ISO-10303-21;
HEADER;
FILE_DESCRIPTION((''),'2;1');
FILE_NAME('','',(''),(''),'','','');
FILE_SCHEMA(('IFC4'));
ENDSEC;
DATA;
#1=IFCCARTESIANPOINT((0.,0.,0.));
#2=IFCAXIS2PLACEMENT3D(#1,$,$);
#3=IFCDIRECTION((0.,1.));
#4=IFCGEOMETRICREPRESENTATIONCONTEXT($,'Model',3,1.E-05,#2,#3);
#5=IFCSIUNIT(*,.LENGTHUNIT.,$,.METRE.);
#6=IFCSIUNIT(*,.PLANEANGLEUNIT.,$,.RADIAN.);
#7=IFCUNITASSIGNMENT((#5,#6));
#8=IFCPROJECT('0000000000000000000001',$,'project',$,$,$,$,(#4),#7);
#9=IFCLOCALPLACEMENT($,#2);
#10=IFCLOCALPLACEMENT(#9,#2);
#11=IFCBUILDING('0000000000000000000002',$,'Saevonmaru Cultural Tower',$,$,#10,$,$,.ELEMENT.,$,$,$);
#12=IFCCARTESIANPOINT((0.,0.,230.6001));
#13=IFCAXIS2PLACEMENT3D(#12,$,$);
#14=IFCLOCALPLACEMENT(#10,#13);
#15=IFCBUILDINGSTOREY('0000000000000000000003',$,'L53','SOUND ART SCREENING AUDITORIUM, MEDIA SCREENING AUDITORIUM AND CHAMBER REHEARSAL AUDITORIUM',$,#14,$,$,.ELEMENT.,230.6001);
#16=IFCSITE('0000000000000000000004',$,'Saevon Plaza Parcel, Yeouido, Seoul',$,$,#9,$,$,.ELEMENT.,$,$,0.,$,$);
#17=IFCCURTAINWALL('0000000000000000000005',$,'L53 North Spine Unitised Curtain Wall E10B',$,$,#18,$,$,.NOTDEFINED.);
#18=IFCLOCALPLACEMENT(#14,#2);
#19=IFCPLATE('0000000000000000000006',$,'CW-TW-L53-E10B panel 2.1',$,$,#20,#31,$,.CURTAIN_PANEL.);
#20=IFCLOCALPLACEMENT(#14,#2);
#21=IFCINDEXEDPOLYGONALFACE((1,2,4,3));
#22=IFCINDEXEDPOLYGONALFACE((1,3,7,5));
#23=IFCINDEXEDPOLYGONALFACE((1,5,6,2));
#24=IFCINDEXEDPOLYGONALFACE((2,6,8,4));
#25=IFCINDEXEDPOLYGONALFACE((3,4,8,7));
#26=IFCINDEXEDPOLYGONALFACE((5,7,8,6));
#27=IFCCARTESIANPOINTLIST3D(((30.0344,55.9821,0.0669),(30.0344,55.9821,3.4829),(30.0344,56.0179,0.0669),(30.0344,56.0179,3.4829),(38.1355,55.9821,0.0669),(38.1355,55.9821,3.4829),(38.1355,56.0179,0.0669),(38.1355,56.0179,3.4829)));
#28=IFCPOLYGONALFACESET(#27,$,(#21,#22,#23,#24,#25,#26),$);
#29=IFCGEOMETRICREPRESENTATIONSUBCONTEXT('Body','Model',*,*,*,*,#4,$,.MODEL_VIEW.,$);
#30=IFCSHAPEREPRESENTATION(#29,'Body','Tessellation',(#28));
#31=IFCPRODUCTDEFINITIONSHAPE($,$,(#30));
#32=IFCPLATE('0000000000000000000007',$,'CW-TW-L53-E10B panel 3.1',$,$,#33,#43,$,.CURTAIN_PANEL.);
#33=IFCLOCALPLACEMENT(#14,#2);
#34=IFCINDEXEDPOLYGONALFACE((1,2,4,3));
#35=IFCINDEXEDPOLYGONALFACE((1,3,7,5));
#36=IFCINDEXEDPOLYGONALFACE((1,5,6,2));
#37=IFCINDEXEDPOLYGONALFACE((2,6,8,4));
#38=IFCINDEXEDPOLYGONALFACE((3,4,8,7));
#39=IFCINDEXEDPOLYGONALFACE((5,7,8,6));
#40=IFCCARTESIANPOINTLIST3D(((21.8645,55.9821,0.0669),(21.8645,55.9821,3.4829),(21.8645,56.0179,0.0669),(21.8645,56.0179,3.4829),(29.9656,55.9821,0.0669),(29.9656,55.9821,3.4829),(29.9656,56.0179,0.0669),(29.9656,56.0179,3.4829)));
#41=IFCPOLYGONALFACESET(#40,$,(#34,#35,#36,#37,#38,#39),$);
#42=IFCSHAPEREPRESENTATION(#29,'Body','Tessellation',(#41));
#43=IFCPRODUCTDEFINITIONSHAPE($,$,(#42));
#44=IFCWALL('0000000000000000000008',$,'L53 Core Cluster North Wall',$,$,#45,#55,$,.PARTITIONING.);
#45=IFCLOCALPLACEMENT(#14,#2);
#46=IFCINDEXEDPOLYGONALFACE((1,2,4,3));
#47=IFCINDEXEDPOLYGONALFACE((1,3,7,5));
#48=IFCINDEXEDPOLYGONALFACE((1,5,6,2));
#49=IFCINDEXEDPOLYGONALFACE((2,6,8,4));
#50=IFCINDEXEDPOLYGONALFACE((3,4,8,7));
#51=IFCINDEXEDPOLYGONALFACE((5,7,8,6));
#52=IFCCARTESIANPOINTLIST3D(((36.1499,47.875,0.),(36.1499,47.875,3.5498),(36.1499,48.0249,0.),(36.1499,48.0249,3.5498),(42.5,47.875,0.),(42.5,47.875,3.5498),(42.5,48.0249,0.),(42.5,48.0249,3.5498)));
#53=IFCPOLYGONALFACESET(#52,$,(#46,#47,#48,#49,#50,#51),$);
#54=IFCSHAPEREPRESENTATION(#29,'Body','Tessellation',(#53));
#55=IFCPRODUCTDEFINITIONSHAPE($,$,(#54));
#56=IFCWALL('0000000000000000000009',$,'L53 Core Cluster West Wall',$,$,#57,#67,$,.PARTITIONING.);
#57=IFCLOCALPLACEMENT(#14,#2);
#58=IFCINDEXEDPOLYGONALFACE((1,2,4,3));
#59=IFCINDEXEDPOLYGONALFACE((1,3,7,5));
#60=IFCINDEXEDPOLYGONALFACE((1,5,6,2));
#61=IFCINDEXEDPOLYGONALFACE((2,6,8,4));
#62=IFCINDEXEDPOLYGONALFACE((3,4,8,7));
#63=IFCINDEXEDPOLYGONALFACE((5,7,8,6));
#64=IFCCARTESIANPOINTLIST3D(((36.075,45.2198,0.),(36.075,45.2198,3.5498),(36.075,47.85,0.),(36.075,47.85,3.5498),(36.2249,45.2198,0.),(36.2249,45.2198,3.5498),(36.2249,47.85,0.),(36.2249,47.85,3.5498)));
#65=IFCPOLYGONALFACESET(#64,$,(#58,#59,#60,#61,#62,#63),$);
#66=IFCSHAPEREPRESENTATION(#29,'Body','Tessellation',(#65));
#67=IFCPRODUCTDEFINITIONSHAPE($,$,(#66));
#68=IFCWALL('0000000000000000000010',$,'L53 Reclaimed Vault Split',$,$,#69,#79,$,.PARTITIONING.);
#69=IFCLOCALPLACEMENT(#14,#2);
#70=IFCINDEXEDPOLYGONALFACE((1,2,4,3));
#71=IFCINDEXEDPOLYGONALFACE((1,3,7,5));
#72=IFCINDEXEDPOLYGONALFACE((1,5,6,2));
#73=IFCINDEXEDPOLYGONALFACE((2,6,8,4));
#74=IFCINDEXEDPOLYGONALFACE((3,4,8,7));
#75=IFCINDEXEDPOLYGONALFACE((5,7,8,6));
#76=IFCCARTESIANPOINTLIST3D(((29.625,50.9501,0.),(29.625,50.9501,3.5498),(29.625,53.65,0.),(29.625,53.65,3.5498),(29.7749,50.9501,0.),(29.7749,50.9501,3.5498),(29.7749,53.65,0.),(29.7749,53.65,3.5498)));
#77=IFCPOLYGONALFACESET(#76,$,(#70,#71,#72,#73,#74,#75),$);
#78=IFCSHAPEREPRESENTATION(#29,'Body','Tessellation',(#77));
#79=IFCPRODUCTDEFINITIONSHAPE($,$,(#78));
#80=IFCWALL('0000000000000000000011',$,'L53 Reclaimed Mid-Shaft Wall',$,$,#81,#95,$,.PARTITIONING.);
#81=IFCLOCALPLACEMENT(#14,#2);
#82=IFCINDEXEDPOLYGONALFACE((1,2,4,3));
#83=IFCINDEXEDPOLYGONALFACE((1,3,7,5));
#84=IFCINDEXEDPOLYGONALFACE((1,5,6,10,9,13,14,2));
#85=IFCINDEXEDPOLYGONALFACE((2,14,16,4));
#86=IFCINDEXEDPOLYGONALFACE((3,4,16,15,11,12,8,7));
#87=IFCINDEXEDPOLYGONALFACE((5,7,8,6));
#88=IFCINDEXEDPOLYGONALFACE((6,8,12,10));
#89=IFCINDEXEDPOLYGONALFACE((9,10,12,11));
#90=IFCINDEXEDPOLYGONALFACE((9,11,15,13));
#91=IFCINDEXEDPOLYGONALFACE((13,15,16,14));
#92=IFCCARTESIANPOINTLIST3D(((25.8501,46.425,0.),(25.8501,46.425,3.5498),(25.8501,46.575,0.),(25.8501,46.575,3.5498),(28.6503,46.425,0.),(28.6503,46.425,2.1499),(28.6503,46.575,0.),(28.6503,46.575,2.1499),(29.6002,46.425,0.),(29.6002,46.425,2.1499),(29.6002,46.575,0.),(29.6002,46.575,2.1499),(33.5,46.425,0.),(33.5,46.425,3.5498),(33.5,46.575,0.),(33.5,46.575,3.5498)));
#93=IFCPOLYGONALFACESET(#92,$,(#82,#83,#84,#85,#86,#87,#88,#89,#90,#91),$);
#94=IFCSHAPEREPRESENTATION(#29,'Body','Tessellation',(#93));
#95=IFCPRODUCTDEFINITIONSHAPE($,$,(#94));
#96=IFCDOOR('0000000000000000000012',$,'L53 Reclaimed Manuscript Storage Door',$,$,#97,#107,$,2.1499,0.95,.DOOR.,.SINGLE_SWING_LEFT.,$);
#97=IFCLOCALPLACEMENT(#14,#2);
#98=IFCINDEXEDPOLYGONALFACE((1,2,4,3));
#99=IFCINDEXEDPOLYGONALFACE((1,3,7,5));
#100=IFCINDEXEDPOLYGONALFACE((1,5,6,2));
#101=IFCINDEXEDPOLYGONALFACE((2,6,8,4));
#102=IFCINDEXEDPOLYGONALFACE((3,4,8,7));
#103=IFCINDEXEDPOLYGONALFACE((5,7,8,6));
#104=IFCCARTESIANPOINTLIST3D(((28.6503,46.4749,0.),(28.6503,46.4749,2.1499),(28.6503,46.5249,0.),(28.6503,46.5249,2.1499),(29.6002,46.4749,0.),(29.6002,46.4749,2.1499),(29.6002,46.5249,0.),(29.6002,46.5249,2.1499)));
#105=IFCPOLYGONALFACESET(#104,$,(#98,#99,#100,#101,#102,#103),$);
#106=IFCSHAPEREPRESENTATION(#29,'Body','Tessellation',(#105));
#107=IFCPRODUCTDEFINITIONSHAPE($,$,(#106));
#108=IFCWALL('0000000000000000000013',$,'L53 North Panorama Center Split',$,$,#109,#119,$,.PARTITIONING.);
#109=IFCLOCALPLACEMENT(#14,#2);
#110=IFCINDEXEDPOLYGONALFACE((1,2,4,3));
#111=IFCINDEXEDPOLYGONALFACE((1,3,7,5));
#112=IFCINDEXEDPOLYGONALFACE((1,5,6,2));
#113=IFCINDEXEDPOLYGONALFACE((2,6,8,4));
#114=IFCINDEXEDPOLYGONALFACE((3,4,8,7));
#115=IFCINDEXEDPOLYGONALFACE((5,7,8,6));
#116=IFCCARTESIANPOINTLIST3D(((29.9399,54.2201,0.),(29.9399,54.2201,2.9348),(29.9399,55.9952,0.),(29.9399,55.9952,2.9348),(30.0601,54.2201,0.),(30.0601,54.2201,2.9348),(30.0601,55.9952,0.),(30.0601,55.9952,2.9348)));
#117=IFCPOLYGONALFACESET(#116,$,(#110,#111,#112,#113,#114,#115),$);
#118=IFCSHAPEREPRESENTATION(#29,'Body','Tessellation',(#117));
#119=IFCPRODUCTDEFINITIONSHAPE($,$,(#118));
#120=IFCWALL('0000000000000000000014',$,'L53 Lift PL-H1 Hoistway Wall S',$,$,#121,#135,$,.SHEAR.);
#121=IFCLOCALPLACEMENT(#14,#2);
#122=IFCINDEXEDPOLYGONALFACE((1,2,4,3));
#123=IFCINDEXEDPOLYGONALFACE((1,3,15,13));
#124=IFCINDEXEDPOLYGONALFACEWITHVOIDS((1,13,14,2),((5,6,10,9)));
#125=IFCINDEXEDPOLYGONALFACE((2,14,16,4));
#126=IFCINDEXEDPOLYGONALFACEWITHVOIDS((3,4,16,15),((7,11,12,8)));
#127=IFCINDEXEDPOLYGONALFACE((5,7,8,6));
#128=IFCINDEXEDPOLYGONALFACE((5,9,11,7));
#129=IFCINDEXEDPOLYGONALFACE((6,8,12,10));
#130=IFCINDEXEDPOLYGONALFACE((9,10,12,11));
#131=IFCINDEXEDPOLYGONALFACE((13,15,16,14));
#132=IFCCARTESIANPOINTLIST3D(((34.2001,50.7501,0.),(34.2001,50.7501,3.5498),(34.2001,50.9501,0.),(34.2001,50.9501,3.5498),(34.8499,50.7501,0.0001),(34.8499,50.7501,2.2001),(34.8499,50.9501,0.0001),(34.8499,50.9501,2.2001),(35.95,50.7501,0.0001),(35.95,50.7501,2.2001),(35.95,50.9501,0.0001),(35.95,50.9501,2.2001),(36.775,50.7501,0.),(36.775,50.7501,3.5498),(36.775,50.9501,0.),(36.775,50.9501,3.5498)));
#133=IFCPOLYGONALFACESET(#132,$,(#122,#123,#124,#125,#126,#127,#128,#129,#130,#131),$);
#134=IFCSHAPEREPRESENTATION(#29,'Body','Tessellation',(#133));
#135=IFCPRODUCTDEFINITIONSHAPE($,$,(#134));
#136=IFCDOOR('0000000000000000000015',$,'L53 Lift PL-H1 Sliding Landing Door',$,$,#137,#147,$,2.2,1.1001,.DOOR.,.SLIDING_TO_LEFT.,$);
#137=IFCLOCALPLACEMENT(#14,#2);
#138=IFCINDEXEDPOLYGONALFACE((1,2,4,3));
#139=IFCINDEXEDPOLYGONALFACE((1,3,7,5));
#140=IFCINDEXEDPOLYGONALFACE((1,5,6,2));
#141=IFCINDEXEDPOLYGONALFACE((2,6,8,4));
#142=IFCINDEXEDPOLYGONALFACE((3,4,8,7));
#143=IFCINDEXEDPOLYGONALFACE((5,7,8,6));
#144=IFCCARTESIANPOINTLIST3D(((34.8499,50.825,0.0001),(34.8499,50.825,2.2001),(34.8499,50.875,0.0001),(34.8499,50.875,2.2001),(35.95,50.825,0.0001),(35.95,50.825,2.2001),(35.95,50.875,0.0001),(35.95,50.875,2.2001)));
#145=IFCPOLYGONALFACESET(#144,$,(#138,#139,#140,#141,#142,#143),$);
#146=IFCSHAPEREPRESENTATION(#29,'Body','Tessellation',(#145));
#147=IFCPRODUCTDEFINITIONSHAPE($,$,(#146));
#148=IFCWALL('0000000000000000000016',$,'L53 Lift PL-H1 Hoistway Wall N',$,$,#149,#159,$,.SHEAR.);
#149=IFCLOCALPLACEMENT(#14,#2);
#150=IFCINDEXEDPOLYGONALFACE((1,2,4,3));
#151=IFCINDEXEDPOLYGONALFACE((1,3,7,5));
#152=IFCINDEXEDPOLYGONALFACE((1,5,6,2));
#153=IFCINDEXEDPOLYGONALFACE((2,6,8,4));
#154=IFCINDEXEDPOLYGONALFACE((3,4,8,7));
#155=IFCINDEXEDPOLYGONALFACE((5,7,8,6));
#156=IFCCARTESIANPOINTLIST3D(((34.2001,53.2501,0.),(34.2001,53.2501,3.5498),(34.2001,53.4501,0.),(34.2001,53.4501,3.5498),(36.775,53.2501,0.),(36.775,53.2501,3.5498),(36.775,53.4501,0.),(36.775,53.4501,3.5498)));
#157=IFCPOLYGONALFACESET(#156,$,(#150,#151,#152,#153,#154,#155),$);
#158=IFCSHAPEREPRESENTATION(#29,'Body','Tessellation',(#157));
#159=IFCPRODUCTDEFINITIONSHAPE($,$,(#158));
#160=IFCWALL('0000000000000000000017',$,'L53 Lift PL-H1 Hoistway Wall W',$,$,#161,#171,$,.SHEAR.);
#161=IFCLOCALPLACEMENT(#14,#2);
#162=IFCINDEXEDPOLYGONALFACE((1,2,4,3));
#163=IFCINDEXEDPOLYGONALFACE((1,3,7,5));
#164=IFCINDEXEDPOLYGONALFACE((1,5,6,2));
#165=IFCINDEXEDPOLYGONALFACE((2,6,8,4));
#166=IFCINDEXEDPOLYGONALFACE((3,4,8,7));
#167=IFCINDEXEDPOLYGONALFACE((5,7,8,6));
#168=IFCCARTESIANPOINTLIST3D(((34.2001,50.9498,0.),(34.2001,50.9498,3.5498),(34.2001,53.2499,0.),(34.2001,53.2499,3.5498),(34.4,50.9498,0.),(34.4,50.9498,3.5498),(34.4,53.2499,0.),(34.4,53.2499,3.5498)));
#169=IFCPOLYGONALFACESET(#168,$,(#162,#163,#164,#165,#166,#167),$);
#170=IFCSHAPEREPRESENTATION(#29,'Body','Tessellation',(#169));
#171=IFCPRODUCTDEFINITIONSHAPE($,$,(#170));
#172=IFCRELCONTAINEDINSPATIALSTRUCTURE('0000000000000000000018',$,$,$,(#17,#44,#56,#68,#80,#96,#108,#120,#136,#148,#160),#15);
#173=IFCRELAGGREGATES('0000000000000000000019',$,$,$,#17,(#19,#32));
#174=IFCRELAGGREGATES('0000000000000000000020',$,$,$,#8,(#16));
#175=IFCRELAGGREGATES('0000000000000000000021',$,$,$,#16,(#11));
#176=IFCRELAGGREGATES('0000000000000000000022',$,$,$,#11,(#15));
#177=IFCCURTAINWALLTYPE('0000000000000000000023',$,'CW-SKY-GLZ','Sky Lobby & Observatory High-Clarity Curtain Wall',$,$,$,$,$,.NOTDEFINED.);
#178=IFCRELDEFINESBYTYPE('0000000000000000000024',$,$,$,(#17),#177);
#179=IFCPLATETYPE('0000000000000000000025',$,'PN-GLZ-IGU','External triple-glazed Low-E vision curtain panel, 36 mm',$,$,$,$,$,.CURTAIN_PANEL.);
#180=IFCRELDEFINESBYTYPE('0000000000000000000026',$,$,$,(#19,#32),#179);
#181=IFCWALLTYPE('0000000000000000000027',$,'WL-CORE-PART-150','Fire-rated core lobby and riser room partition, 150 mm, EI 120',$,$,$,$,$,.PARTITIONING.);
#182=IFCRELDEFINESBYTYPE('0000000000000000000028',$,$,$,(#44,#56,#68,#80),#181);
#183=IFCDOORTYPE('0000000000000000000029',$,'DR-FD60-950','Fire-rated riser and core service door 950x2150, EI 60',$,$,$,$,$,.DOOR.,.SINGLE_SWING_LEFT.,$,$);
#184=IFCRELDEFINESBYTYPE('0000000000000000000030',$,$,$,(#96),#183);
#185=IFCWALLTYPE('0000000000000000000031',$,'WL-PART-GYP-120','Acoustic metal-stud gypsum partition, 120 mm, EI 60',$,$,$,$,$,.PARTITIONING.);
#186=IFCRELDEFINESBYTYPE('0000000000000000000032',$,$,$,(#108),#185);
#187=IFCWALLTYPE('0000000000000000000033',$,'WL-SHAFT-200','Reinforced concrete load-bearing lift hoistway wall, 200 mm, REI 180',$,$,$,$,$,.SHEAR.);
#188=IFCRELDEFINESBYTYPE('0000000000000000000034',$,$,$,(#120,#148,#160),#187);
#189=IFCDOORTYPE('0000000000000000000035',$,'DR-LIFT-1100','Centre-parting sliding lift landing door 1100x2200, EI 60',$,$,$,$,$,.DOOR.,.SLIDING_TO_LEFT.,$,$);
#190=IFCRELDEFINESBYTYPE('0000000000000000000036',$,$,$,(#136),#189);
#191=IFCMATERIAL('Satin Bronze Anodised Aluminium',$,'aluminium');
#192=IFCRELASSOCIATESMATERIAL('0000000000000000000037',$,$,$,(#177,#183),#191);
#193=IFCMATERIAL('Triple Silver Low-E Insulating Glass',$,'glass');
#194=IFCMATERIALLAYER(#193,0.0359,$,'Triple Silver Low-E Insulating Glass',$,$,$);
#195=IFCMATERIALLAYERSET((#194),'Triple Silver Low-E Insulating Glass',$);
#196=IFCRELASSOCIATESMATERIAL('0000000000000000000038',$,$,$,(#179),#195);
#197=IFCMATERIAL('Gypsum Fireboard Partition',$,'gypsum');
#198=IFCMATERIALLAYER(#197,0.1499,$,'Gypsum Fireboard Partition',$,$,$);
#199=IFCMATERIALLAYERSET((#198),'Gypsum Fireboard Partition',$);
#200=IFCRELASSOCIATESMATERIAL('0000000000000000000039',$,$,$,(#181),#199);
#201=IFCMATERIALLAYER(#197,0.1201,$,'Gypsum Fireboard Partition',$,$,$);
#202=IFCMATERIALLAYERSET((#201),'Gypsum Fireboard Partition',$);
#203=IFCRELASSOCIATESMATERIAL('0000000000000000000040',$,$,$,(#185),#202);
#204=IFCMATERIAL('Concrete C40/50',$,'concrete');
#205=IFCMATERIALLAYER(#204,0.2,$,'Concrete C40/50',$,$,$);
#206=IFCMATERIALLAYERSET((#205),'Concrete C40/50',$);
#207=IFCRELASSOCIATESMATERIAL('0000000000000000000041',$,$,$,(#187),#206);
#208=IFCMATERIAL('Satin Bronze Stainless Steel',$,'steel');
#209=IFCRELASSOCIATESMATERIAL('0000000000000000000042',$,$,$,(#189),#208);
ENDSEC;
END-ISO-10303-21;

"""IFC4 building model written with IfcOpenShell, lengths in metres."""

from ifc_helpers import new_model, si_unit, direction, frame, frame_2d, origin, origin_2d, place, context, subcontext, project, spatial, rectangle, extrude, material, layer, layer_set, type_object, element, fill, aggregate, save


model = new_model("IFC4")

# Units and contexts
model_context = context("Model", 3, precision=1e-05, world=origin(), true_north=direction((0.0, 1.0)))
body_context = subcontext(model_context, "Body", "Model", "MODEL_VIEW")
ifc_project = project(units=[si_unit("LENGTHUNIT", "METRE"), si_unit("PLANEANGLEUNIT", "RADIAN")], contexts=[model_context])

# Site, building, storey
site_placement = place(None, origin())
site = spatial("IfcSite", under=ifc_project, at=site_placement, Name="Saevon Plaza Parcel, Yeouido, Seoul", CompositionType="ELEMENT", RefElevation=0.0)
building_placement = place(site_placement, origin())
building = spatial("IfcBuilding", under=site, at=building_placement, Name="Saevonmaru Cultural Tower", CompositionType="ELEMENT")
storey_placement = place(building_placement, frame((0.0, 0.0, 230.6001)))
storey = spatial("IfcBuildingStorey", under=building, at=storey_placement, Name="L53", Description="SOUND ART SCREENING AUDITORIUM, MEDIA SCREENING AUDITORIUM AND CHAMBER REHEARSAL AUDITORIUM", CompositionType="ELEMENT", Elevation=230.6001)

# Curtain wall, plates
ifc_material_1 = material(Name="Satin Bronze Anodised Aluminium", Category="aluminium")
curtain_wall_type = type_object("IfcCurtainWallType", Name="CW-SKY-GLZ", Description="Sky Lobby & Observatory High-Clarity Curtain Wall", PredefinedType="NOTDEFINED", material=ifc_material_1)
curtain_wall_placement = place(storey_placement, origin())
curtain_wall = element("IfcCurtainWall", 1, at=curtain_wall_placement, inside=storey, type_object=curtain_wall_type, Name="L53 North Spine Unitised Curtain Wall E10B", PredefinedType="NOTDEFINED")
ifc_material_2 = material(Name="Triple Silver Low-E Insulating Glass", Category="glass")
ifc_layer_1 = layer(ifc_material_2, 0.0359, Name="Triple Silver Low-E Insulating Glass")
ifc_layer_set_1 = layer_set([ifc_layer_1], Name="Triple Silver Low-E Insulating Glass")
plate_type = type_object("IfcPlateType", Name="PN-GLZ-IGU", Description="External triple-glazed Low-E vision curtain panel, 36 mm", PredefinedType="CURTAIN_PANEL", material=ifc_layer_set_1)
plate_1_placement = place(storey_placement, frame((34.085, 56.0, 0.0669), z_axis=(0.0, 0.0, 1.0), x_axis=(-1.0, 0.0, 0.0)))
plate_1 = element("IfcPlate", 2, at=plate_1_placement, type_object=plate_type, Name="CW-TW-L53-E10B panel 2.1", PredefinedType="CURTAIN_PANEL", context=body_context, shape_type="SweptSolid", body=[
    extrude(rectangle(XDim=8.1011, YDim=0.0359, at=origin_2d()), origin(), (0.0, 0.0, 1.0), 3.416),
])
plate_2_placement = place(storey_placement, frame((25.915, 56.0, 0.0669), z_axis=(0.0, 0.0, 1.0), x_axis=(-1.0, 0.0, 0.0)))
plate_2 = element("IfcPlate", 3, at=plate_2_placement, type_object=plate_type, Name="CW-TW-L53-E10B panel 3.1", PredefinedType="CURTAIN_PANEL", context=body_context, shape_type="SweptSolid", body=[
    extrude(rectangle(XDim=8.1011, YDim=0.0359, at=origin_2d()), origin(), (0.0, 0.0, 1.0), 3.416),
])
aggregate(curtain_wall, [plate_1, plate_2])

# Shared definitions
ifc_material_3 = material(Name="Gypsum Fireboard Partition", Category="gypsum")
ifc_layer_2 = layer(ifc_material_3, 0.1499, Name="Gypsum Fireboard Partition")
ifc_layer_set_2 = layer_set([ifc_layer_2], Name="Gypsum Fireboard Partition")
wall_type_1 = type_object("IfcWallType", Name="WL-CORE-PART-150", Description="Fire-rated core lobby and riser room partition, 150 mm, EI 120", PredefinedType="PARTITIONING", material=ifc_layer_set_2)
door_type_1 = type_object("IfcDoorType", Name="DR-FD60-950", Description="Fire-rated riser and core service door 950x2150, EI 60", OperationType="SINGLE_SWING_LEFT", PredefinedType="DOOR", material=ifc_material_1)

# Walls
wall_1_placement = place(storey_placement, frame((36.1499, 47.95, 0.0), z_axis=(0.0, 0.0, 1.0), x_axis=(1.0, 0.0, 0.0)))
element("IfcWall", 4, at=wall_1_placement, inside=storey, type_object=wall_type_1, Name="L53 Core Cluster North Wall", PredefinedType="PARTITIONING", context=body_context, shape_type="SweptSolid", body=[
    extrude(rectangle(XDim=6.3501, YDim=0.1499, at=frame_2d((3.175, 0.0))), origin(), (0.0, 0.0, 1.0), 3.5498),
])
wall_2_placement = place(storey_placement, frame((36.1499, 45.22, 0.0), z_axis=(0.0, 0.0, 1.0), x_axis=(0.0, 1.0, 0.0)))
element("IfcWall", 5, at=wall_2_placement, inside=storey, type_object=wall_type_1, Name="L53 Core Cluster West Wall", PredefinedType="PARTITIONING", context=body_context, shape_type="SweptSolid", body=[
    extrude(rectangle(XDim=2.6301, YDim=0.1499, at=frame_2d((1.3149, 0.0))), origin(), (0.0, 0.0, 1.0), 3.5498),
])

# Wall
wall_3_placement = place(storey_placement, frame((29.7, 50.95, 0.0), z_axis=(0.0, 0.0, 1.0), x_axis=(0.0, 1.0, 0.0)))
element("IfcWall", 6, at=wall_3_placement, inside=storey, type_object=wall_type_1, Name="L53 Reclaimed Vault Split", PredefinedType="PARTITIONING", context=body_context, shape_type="SweptSolid", body=[
    extrude(rectangle(XDim=2.7, YDim=0.1499, at=frame_2d((1.3501, 0.0))), origin(), (0.0, 0.0, 1.0), 3.5498),
])

# Wall, opening, door
wall_4_placement = place(storey_placement, frame((25.8501, 46.5, 0.0), z_axis=(0.0, 0.0, 1.0), x_axis=(1.0, 0.0, 0.0)))
wall_4 = element("IfcWall", 7, at=wall_4_placement, inside=storey, type_object=wall_type_1, Name="L53 Reclaimed Mid-Shaft Wall", PredefinedType="PARTITIONING", context=body_context, shape_type="SweptSolid", body=[
    extrude(rectangle(XDim=7.6499, YDim=0.1499, at=frame_2d((3.825, 0.0))), origin(), (0.0, 0.0, 1.0), 3.5498),
])
opening_1_placement = place(wall_4_placement, frame((2.8, 0.0, 0.0)))
opening_1 = element("IfcOpeningElement", 8, at=opening_1_placement, cuts=wall_4, PredefinedType="OPENING", context=body_context, shape_type="SweptSolid", body=[
    extrude(rectangle(XDim=0.95, YDim=2.1499, at=frame_2d((0.4751, 1.075))), frame((0.0, 0.085, 0.0), z_axis=(0.0, -1.0, 0.0), x_axis=(1.0, 0.0, 0.0)), (0.0, 0.0, 1.0), 0.1699),
])
door_1_placement = place(opening_1_placement, origin())
door_1 = element("IfcDoor", 9, at=door_1_placement, inside=storey, type_object=door_type_1, Name="L53 Reclaimed Manuscript Storage Door", OperationType="SINGLE_SWING_LEFT", OverallHeight=2.1499, OverallWidth=0.95, PredefinedType="DOOR", context=body_context, shape_type="SweptSolid", body=[
    extrude(rectangle(XDim=0.95, YDim=2.1499, at=frame_2d((0.4751, 1.075))), frame((0.0, 0.0249, 0.0), z_axis=(0.0, -1.0, 0.0), x_axis=(1.0, 0.0, 0.0)), (0.0, 0.0, 1.0), 0.05),
])
fill(opening_1, door_1)

# Wall
ifc_layer_3 = layer(ifc_material_3, 0.1201, Name="Gypsum Fireboard Partition")
ifc_layer_set_3 = layer_set([ifc_layer_3], Name="Gypsum Fireboard Partition")
wall_type_2 = type_object("IfcWallType", Name="WL-PART-GYP-120", Description="Acoustic metal-stud gypsum partition, 120 mm, EI 60", PredefinedType="PARTITIONING", material=ifc_layer_set_3)
wall_5_placement = place(storey_placement, frame((30.0, 54.22, 0.0), z_axis=(0.0, 0.0, 1.0), x_axis=(0.0, 1.0, 0.0)))
element("IfcWall", 10, at=wall_5_placement, inside=storey, type_object=wall_type_2, Name="L53 North Panorama Center Split", PredefinedType="PARTITIONING", context=body_context, shape_type="SweptSolid", body=[
    extrude(rectangle(XDim=1.7751, YDim=0.1201, at=frame_2d((0.8877, 0.0))), origin(), (0.0, 0.0, 1.0), 2.9348),
])

# Wall, opening, door
ifc_material_4 = material(Name="Concrete C40/50", Category="concrete")
ifc_layer_4 = layer(ifc_material_4, 0.2, Name="Concrete C40/50")
ifc_layer_set_4 = layer_set([ifc_layer_4], Name="Concrete C40/50")
wall_type_3 = type_object("IfcWallType", Name="WL-SHAFT-200", Description="Reinforced concrete load-bearing lift hoistway wall, 200 mm, REI 180", PredefinedType="SHEAR", material=ifc_layer_set_4)
wall_6_placement = place(storey_placement, frame((34.2, 50.8501, 0.0), z_axis=(0.0, 0.0, 1.0), x_axis=(1.0, 0.0, 0.0)))
wall_6 = element("IfcWall", 11, at=wall_6_placement, inside=storey, type_object=wall_type_3, Name="L53 Lift PL-H1 Hoistway Wall S", PredefinedType="SHEAR", context=body_context, shape_type="SweptSolid", body=[
    extrude(rectangle(XDim=2.575, YDim=0.2, at=frame_2d((1.2876, 0.0))), origin(), (0.0, 0.0, 1.0), 3.5498),
])
opening_2_placement = place(wall_6_placement, frame((0.6499, 0.0, 0.0)))
opening_2 = element("IfcOpeningElement", 12, at=opening_2_placement, cuts=wall_6, PredefinedType="OPENING", context=body_context, shape_type="SweptSolid", body=[
    extrude(rectangle(XDim=1.1001, YDim=2.2, at=frame_2d((0.55, 1.1001))), frame((0.0, 0.1099, 0.0), z_axis=(0.0, -1.0, 0.0), x_axis=(1.0, 0.0, 0.0)), (0.0, 0.0, 1.0), 0.22),
])
ifc_material_5 = material(Name="Satin Bronze Stainless Steel", Category="steel")
door_type_2 = type_object("IfcDoorType", Name="DR-LIFT-1100", Description="Centre-parting sliding lift landing door 1100x2200, EI 60", OperationType="SLIDING_TO_LEFT", PredefinedType="DOOR", material=ifc_material_5)
door_2_placement = place(opening_2_placement, origin())
door_2 = element("IfcDoor", 13, at=door_2_placement, inside=storey, type_object=door_type_2, Name="L53 Lift PL-H1 Sliding Landing Door", OperationType="SLIDING_TO_LEFT", OverallHeight=2.2, OverallWidth=1.1001, PredefinedType="DOOR", context=body_context, shape_type="SweptSolid", body=[
    extrude(rectangle(XDim=1.1001, YDim=2.2, at=frame_2d((0.55, 1.1001))), frame((0.0, 0.0249, 0.0), z_axis=(0.0, -1.0, 0.0), x_axis=(1.0, 0.0, 0.0)), (0.0, 0.0, 1.0), 0.05),
])
fill(opening_2, door_2)

# Walls
wall_7_placement = place(storey_placement, frame((34.2, 53.3501, 0.0), z_axis=(0.0, 0.0, 1.0), x_axis=(1.0, 0.0, 0.0)))
element("IfcWall", 14, at=wall_7_placement, inside=storey, type_object=wall_type_3, Name="L53 Lift PL-H1 Hoistway Wall N", PredefinedType="SHEAR", context=body_context, shape_type="SweptSolid", body=[
    extrude(rectangle(XDim=2.575, YDim=0.2, at=frame_2d((1.2876, 0.0))), origin(), (0.0, 0.0, 1.0), 3.5498),
])
wall_8_placement = place(storey_placement, frame((34.3, 50.95, 0.0), z_axis=(0.0, 0.0, 1.0), x_axis=(0.0, 1.0, 0.0)))
element("IfcWall", 15, at=wall_8_placement, inside=storey, type_object=wall_type_3, Name="L53 Lift PL-H1 Hoistway Wall W", PredefinedType="SHEAR", context=body_context, shape_type="SweptSolid", body=[
    extrude(rectangle(XDim=2.3, YDim=0.2, at=frame_2d((1.1499, 0.0))), origin(), (0.0, 0.0, 1.0), 3.5498),
])

save(model, "model.ifc")
